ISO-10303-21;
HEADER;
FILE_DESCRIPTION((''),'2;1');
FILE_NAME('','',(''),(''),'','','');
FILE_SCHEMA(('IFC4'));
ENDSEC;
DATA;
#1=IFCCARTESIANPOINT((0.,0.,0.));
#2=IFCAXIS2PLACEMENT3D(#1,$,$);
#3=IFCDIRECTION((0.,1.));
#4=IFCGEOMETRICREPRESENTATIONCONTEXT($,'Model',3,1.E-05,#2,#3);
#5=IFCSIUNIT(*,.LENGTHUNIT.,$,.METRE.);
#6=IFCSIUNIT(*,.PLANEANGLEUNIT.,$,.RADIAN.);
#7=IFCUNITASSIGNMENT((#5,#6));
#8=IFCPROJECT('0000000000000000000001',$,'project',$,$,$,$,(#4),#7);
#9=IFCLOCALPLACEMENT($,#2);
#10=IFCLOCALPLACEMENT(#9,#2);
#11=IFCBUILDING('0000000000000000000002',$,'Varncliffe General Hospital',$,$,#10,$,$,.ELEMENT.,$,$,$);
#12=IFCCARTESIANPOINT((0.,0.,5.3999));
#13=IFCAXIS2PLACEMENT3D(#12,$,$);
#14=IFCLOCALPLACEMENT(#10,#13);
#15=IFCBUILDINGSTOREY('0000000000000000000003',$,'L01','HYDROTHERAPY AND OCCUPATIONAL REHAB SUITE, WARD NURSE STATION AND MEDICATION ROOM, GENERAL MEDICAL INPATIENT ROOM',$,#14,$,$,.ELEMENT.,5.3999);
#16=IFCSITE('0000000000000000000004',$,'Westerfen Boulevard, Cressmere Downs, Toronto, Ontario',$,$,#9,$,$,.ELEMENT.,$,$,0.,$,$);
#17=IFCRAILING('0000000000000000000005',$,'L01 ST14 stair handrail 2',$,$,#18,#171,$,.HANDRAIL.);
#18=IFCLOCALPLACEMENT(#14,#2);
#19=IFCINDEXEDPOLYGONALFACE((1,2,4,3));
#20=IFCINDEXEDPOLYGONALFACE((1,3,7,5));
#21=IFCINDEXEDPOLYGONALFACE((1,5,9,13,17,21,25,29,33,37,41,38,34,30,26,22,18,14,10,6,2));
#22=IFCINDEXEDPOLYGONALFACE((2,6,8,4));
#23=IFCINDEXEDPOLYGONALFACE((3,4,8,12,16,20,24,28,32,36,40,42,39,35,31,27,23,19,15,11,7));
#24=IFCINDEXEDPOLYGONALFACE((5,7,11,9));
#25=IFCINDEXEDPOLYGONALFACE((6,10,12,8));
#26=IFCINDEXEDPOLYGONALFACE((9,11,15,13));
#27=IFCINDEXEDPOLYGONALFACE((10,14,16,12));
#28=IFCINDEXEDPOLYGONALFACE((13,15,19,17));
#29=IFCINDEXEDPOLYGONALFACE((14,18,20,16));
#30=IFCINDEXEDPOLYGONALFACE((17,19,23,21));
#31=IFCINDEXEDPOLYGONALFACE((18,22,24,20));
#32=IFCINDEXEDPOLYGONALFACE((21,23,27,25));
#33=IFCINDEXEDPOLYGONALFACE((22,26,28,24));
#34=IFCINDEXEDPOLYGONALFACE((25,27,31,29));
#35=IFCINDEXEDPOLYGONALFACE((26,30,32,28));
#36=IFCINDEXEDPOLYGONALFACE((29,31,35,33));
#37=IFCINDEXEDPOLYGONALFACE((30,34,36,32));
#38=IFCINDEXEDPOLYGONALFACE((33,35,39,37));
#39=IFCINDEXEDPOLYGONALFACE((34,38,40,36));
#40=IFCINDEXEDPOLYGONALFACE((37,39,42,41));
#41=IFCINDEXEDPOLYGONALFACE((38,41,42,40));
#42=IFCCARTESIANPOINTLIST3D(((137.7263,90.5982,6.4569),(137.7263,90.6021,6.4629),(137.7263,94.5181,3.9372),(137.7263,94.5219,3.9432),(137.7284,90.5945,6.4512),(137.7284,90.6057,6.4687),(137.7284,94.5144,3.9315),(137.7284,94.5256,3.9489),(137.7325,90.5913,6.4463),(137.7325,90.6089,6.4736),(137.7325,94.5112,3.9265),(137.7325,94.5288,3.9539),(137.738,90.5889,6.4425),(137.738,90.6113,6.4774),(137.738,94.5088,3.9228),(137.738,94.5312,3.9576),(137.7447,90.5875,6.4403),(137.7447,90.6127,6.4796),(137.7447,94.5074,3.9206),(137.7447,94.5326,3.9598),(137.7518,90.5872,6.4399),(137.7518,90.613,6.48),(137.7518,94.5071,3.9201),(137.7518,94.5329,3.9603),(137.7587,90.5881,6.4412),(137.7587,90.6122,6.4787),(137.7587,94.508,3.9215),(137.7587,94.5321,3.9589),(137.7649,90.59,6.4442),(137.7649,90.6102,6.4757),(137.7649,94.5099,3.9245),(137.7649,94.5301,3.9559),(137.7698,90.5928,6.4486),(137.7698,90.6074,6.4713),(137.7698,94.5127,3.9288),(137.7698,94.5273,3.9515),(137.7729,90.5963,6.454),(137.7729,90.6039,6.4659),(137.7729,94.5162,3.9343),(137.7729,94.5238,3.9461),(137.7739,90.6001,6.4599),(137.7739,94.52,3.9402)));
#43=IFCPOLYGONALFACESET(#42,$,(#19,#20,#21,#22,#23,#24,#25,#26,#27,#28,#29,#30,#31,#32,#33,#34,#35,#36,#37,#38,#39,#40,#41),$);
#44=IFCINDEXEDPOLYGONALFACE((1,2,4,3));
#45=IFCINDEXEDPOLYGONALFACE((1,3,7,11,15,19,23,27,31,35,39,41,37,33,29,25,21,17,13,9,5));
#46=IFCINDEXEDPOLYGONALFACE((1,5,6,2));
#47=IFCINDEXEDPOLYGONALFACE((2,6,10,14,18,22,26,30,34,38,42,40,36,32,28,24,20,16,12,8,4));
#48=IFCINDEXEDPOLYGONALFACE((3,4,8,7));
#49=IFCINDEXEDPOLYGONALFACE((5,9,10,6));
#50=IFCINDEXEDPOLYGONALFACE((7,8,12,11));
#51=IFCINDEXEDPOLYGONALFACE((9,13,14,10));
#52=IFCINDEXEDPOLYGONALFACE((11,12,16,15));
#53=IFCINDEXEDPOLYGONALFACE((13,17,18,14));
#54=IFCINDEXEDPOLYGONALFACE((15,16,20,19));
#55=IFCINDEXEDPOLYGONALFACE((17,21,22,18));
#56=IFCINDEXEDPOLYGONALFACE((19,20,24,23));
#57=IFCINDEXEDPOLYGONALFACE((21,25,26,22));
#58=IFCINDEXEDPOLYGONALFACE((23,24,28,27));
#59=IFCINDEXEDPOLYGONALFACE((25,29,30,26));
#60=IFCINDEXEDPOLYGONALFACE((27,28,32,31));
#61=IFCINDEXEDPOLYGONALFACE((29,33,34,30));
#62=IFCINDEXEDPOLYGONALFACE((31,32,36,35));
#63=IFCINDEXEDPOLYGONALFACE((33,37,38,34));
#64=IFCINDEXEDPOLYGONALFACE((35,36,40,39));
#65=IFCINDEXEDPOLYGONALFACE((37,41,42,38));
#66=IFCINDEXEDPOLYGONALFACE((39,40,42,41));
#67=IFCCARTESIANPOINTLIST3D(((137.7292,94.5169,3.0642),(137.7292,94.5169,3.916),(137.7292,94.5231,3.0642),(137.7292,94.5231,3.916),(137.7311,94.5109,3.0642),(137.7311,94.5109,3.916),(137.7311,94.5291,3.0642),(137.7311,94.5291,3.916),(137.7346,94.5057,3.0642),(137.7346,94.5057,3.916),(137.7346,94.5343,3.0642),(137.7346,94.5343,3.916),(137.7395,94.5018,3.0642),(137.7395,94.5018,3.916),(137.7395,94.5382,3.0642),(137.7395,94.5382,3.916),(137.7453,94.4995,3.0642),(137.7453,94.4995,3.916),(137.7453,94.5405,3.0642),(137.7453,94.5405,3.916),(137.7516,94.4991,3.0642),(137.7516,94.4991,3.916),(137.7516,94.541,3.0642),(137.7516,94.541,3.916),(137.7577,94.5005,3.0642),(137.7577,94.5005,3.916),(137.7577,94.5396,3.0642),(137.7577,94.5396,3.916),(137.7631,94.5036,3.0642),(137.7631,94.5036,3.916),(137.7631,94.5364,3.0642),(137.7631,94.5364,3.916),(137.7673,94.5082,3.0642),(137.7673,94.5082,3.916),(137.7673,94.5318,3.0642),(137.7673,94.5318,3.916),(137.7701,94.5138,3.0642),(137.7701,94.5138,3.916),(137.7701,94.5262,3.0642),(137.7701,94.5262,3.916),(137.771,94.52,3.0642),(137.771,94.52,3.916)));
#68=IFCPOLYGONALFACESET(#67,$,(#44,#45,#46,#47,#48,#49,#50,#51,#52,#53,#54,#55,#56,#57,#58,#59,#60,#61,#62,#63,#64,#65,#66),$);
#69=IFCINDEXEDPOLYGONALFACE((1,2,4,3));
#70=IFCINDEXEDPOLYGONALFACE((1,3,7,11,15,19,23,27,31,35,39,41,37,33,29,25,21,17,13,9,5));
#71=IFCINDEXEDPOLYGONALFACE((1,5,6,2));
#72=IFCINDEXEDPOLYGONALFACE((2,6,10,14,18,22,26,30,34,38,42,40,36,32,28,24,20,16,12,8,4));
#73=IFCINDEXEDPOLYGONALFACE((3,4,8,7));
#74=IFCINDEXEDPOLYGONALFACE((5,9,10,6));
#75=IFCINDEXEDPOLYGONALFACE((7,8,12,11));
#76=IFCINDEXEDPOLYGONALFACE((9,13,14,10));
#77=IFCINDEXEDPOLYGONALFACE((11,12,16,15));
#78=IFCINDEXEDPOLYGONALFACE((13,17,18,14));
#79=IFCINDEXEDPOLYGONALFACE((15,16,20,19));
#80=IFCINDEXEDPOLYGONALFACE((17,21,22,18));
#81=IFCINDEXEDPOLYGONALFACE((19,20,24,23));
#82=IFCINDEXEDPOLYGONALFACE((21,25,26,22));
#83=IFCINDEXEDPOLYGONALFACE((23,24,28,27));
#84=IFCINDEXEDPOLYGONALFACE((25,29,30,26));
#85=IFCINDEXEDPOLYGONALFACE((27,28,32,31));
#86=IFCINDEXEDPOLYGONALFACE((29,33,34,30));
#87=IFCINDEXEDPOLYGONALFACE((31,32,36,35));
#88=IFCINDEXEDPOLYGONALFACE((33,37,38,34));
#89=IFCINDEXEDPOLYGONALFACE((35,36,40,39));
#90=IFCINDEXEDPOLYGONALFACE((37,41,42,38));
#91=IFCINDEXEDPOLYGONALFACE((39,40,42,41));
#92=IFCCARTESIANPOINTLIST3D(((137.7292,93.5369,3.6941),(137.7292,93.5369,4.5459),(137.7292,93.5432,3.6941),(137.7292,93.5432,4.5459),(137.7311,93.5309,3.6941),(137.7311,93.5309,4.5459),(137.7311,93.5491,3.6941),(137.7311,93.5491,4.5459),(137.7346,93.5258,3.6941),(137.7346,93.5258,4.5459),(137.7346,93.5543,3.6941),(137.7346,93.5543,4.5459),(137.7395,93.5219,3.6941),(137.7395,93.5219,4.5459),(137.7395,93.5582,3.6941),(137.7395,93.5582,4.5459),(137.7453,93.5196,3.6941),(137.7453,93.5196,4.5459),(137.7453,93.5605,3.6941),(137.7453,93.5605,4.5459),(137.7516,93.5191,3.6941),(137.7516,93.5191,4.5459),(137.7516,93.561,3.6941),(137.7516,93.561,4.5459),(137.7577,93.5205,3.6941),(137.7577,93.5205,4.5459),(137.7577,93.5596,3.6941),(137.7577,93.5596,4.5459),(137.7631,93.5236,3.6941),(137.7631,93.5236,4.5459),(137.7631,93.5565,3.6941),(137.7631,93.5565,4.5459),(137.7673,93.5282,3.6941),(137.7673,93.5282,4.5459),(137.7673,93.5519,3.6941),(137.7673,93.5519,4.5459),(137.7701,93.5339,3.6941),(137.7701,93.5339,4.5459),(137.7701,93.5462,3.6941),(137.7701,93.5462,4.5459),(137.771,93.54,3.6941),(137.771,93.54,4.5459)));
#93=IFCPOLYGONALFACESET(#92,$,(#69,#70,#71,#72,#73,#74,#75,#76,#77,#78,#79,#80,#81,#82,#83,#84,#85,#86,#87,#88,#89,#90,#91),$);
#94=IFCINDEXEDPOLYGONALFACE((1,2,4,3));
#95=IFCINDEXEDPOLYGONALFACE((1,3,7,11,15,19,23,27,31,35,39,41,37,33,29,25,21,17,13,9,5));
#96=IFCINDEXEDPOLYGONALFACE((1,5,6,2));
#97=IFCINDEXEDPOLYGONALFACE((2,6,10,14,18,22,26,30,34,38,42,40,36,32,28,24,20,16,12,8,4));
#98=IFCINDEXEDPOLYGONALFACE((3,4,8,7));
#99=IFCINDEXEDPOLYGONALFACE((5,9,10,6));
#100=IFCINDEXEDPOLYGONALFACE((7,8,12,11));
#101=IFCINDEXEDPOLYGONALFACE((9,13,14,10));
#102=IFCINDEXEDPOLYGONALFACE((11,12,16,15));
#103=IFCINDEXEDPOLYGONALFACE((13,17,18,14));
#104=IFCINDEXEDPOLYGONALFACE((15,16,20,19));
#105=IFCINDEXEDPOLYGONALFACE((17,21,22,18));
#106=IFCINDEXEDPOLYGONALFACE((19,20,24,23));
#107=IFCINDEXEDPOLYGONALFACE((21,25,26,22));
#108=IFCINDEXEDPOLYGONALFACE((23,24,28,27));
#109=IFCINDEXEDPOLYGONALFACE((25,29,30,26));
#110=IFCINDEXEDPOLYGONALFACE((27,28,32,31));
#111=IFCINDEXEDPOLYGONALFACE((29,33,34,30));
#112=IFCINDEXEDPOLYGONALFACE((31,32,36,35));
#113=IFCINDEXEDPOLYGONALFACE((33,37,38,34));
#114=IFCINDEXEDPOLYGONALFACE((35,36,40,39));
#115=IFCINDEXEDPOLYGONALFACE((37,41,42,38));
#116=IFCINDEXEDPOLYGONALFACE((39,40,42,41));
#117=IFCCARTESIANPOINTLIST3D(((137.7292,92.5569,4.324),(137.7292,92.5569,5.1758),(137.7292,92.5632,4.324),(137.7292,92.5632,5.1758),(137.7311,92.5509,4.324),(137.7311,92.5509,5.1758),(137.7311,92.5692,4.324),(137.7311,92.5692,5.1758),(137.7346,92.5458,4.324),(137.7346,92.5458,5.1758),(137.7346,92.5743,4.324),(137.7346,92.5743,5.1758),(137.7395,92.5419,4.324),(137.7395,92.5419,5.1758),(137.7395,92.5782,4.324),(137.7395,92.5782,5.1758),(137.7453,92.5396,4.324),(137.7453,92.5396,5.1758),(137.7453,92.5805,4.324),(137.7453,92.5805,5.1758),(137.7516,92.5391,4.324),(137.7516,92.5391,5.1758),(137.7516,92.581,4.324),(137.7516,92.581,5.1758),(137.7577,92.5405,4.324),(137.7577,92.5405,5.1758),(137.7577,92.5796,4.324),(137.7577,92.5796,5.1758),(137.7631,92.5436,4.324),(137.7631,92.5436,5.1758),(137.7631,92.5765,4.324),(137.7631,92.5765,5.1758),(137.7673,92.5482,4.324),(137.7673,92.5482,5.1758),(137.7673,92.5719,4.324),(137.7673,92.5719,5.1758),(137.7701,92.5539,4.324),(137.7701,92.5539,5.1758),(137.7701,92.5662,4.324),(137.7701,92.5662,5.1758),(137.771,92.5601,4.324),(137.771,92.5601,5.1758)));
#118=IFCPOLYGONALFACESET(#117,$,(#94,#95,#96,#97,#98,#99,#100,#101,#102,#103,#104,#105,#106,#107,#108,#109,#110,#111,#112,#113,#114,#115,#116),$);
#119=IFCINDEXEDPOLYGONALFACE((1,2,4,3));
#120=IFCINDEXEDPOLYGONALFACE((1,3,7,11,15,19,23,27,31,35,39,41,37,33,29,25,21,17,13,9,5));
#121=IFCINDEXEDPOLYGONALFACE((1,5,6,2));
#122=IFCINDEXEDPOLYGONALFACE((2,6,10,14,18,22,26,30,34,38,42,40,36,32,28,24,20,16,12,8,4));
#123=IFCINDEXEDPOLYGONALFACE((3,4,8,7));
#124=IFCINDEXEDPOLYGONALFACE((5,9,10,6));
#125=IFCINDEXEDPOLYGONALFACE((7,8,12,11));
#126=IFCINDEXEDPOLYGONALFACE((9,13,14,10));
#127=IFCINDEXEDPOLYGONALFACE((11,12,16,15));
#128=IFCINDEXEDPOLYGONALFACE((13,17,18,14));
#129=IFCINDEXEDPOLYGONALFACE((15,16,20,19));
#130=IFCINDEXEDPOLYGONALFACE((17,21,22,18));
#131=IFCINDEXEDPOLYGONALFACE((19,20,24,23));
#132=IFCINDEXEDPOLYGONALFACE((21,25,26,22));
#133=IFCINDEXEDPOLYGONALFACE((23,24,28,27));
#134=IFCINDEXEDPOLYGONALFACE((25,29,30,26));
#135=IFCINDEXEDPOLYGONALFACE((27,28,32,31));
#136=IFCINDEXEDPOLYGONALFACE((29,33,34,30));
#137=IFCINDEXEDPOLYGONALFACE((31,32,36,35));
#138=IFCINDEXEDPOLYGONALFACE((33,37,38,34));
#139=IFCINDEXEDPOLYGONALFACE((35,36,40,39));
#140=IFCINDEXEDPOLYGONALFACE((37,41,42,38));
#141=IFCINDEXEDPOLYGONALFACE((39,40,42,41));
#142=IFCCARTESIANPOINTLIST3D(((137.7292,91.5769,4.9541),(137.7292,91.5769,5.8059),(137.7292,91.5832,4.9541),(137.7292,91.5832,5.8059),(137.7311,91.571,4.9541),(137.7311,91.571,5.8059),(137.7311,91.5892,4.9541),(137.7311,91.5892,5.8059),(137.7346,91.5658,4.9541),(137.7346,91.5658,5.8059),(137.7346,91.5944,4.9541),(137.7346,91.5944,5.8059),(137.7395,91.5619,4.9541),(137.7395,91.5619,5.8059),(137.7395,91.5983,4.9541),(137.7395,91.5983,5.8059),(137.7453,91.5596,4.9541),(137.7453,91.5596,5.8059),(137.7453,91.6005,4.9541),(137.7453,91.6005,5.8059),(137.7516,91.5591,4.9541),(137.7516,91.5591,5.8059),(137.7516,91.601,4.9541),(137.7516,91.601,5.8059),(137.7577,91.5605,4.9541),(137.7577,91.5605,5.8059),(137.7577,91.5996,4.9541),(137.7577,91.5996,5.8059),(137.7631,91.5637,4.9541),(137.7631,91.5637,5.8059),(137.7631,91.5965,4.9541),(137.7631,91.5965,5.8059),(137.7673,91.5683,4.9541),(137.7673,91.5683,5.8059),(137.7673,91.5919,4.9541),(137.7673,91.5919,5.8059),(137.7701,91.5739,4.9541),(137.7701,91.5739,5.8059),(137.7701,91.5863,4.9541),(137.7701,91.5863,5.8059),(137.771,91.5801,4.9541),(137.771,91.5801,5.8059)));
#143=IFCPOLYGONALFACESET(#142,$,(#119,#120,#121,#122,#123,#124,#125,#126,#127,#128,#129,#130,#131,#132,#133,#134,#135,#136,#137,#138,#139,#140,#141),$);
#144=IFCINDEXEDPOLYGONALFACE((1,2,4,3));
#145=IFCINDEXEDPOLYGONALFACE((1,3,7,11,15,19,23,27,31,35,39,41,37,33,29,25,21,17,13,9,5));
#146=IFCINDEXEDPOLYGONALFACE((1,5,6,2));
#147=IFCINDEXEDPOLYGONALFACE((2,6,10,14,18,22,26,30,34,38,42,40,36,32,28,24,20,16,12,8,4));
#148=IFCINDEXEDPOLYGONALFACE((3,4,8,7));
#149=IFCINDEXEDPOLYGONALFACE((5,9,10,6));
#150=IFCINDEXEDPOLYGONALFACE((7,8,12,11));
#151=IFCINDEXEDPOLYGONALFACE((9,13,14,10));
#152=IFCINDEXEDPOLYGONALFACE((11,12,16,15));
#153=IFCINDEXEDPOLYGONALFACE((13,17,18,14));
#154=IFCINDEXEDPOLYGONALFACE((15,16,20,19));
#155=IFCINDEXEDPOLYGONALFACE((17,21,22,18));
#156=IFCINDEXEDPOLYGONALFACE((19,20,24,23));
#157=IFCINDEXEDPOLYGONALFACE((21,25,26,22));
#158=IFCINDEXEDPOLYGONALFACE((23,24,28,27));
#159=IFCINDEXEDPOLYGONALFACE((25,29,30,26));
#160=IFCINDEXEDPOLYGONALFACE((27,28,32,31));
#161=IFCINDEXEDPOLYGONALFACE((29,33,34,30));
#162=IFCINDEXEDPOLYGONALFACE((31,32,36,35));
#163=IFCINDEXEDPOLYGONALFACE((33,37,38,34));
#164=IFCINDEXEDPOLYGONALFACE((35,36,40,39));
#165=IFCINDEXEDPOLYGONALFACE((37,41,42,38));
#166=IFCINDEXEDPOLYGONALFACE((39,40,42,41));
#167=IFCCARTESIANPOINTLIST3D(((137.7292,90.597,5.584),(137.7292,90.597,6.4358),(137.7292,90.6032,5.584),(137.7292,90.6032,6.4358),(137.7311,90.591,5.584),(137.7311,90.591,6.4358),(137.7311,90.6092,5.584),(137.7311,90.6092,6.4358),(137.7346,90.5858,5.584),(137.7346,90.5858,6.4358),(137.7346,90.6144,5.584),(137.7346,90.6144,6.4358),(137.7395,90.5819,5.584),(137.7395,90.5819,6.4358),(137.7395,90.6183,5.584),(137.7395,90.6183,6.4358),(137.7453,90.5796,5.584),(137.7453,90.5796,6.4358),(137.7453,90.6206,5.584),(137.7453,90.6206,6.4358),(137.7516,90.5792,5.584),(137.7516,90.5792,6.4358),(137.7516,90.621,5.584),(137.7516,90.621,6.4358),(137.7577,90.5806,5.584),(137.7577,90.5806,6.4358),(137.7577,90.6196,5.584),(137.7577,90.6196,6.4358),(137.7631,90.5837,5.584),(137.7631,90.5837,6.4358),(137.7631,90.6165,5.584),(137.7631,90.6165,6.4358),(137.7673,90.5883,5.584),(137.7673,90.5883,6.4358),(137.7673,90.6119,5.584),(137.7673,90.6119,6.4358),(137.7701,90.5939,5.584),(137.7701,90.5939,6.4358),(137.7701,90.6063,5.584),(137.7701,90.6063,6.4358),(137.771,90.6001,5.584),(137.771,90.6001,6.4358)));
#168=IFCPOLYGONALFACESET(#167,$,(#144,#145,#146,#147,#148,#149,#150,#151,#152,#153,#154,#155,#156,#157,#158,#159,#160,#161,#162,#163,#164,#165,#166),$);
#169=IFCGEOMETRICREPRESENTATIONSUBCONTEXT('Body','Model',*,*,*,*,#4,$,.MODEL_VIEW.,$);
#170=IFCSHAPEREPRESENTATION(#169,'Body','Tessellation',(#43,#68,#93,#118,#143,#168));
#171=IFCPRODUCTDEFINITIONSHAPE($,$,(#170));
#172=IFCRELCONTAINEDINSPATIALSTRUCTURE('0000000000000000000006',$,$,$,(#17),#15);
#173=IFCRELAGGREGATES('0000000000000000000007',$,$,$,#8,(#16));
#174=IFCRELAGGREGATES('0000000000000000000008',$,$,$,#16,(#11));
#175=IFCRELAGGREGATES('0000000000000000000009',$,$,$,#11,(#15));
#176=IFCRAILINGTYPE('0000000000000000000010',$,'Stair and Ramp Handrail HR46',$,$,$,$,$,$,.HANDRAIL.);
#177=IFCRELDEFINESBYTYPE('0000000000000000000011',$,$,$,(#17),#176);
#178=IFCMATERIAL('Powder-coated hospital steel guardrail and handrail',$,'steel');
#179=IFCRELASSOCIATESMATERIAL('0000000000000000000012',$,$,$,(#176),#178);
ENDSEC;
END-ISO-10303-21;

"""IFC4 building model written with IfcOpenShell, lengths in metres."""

from ifc_helpers import new_model, si_unit, direction, frame, origin, origin_2d, place, context, subcontext, project, spatial, circle, extrude, material, type_object, element, save


model = new_model("IFC4")

# Units and contexts
model_context = context("Model", 3, precision=1e-05, world=origin(), true_north=direction((0.0, 1.0)))
body_context = subcontext(model_context, "Body", "Model", "MODEL_VIEW")
ifc_project = project(units=[si_unit("LENGTHUNIT", "METRE"), si_unit("PLANEANGLEUNIT", "RADIAN")], contexts=[model_context])

# Site, building, storey
site_placement = place(None, origin())
site = spatial("IfcSite", under=ifc_project, at=site_placement, Name="Westerfen Boulevard, Cressmere Downs, Toronto, Ontario", CompositionType="ELEMENT", RefElevation=0.0)
building_placement = place(site_placement, origin())
building = spatial("IfcBuilding", under=site, at=building_placement, Name="Varncliffe General Hospital", CompositionType="ELEMENT")
storey_placement = place(building_placement, frame((0.0, 0.0, 5.3999)))
storey = spatial("IfcBuildingStorey", under=building, at=storey_placement, Name="L01", Description="HYDROTHERAPY AND OCCUPATIONAL REHAB SUITE, WARD NURSE STATION AND MEDICATION ROOM, GENERAL MEDICAL INPATIENT ROOM", CompositionType="ELEMENT", Elevation=5.3999)

# Railing
ifc_material_1 = material(Name="Powder-coated hospital steel guardrail and handrail", Category="steel")
railing_type_1 = type_object("IfcRailingType", Name="Stair and Ramp Handrail HR46", PredefinedType="HANDRAIL", material=ifc_material_1)
railing_1_placement = place(storey_placement, frame((137.75, 94.52, 3.0642)))
element("IfcRailing", 1, at=railing_1_placement, inside=storey, type_object=railing_type_1, Name="L01 ST14 stair handrail 2", PredefinedType="HANDRAIL", context=body_context, shape_type="SweptSolid", body=[
    extrude(circle(Radius=0.0239, at=origin_2d()), frame((0.0, 0.0, 0.876), z_axis=(0.0, -0.841195, 0.540731), x_axis=(1.0, 0.0, 0.0)), (0.0, 0.0, 1.0), 4.6599),
    extrude(circle(Radius=0.021, at=origin_2d()), origin(), (0.0, 0.0, 1.0), 0.8518),
    extrude(circle(Radius=0.021, at=origin_2d()), frame((0.0, -0.98, 0.6299)), (0.0, 0.0, 1.0), 0.8518),
    extrude(circle(Radius=0.021, at=origin_2d()), frame((0.0, -1.96, 1.2598)), (0.0, 0.0, 1.0), 0.8518),
    extrude(circle(Radius=0.021, at=origin_2d()), frame((0.0, -2.9399, 1.8899)), (0.0, 0.0, 1.0), 0.8518),
    extrude(circle(Radius=0.021, at=origin_2d()), frame((0.0, -3.9199, 2.5198)), (0.0, 0.0, 1.0), 0.8518),
])

save(model, "model.ifc")
